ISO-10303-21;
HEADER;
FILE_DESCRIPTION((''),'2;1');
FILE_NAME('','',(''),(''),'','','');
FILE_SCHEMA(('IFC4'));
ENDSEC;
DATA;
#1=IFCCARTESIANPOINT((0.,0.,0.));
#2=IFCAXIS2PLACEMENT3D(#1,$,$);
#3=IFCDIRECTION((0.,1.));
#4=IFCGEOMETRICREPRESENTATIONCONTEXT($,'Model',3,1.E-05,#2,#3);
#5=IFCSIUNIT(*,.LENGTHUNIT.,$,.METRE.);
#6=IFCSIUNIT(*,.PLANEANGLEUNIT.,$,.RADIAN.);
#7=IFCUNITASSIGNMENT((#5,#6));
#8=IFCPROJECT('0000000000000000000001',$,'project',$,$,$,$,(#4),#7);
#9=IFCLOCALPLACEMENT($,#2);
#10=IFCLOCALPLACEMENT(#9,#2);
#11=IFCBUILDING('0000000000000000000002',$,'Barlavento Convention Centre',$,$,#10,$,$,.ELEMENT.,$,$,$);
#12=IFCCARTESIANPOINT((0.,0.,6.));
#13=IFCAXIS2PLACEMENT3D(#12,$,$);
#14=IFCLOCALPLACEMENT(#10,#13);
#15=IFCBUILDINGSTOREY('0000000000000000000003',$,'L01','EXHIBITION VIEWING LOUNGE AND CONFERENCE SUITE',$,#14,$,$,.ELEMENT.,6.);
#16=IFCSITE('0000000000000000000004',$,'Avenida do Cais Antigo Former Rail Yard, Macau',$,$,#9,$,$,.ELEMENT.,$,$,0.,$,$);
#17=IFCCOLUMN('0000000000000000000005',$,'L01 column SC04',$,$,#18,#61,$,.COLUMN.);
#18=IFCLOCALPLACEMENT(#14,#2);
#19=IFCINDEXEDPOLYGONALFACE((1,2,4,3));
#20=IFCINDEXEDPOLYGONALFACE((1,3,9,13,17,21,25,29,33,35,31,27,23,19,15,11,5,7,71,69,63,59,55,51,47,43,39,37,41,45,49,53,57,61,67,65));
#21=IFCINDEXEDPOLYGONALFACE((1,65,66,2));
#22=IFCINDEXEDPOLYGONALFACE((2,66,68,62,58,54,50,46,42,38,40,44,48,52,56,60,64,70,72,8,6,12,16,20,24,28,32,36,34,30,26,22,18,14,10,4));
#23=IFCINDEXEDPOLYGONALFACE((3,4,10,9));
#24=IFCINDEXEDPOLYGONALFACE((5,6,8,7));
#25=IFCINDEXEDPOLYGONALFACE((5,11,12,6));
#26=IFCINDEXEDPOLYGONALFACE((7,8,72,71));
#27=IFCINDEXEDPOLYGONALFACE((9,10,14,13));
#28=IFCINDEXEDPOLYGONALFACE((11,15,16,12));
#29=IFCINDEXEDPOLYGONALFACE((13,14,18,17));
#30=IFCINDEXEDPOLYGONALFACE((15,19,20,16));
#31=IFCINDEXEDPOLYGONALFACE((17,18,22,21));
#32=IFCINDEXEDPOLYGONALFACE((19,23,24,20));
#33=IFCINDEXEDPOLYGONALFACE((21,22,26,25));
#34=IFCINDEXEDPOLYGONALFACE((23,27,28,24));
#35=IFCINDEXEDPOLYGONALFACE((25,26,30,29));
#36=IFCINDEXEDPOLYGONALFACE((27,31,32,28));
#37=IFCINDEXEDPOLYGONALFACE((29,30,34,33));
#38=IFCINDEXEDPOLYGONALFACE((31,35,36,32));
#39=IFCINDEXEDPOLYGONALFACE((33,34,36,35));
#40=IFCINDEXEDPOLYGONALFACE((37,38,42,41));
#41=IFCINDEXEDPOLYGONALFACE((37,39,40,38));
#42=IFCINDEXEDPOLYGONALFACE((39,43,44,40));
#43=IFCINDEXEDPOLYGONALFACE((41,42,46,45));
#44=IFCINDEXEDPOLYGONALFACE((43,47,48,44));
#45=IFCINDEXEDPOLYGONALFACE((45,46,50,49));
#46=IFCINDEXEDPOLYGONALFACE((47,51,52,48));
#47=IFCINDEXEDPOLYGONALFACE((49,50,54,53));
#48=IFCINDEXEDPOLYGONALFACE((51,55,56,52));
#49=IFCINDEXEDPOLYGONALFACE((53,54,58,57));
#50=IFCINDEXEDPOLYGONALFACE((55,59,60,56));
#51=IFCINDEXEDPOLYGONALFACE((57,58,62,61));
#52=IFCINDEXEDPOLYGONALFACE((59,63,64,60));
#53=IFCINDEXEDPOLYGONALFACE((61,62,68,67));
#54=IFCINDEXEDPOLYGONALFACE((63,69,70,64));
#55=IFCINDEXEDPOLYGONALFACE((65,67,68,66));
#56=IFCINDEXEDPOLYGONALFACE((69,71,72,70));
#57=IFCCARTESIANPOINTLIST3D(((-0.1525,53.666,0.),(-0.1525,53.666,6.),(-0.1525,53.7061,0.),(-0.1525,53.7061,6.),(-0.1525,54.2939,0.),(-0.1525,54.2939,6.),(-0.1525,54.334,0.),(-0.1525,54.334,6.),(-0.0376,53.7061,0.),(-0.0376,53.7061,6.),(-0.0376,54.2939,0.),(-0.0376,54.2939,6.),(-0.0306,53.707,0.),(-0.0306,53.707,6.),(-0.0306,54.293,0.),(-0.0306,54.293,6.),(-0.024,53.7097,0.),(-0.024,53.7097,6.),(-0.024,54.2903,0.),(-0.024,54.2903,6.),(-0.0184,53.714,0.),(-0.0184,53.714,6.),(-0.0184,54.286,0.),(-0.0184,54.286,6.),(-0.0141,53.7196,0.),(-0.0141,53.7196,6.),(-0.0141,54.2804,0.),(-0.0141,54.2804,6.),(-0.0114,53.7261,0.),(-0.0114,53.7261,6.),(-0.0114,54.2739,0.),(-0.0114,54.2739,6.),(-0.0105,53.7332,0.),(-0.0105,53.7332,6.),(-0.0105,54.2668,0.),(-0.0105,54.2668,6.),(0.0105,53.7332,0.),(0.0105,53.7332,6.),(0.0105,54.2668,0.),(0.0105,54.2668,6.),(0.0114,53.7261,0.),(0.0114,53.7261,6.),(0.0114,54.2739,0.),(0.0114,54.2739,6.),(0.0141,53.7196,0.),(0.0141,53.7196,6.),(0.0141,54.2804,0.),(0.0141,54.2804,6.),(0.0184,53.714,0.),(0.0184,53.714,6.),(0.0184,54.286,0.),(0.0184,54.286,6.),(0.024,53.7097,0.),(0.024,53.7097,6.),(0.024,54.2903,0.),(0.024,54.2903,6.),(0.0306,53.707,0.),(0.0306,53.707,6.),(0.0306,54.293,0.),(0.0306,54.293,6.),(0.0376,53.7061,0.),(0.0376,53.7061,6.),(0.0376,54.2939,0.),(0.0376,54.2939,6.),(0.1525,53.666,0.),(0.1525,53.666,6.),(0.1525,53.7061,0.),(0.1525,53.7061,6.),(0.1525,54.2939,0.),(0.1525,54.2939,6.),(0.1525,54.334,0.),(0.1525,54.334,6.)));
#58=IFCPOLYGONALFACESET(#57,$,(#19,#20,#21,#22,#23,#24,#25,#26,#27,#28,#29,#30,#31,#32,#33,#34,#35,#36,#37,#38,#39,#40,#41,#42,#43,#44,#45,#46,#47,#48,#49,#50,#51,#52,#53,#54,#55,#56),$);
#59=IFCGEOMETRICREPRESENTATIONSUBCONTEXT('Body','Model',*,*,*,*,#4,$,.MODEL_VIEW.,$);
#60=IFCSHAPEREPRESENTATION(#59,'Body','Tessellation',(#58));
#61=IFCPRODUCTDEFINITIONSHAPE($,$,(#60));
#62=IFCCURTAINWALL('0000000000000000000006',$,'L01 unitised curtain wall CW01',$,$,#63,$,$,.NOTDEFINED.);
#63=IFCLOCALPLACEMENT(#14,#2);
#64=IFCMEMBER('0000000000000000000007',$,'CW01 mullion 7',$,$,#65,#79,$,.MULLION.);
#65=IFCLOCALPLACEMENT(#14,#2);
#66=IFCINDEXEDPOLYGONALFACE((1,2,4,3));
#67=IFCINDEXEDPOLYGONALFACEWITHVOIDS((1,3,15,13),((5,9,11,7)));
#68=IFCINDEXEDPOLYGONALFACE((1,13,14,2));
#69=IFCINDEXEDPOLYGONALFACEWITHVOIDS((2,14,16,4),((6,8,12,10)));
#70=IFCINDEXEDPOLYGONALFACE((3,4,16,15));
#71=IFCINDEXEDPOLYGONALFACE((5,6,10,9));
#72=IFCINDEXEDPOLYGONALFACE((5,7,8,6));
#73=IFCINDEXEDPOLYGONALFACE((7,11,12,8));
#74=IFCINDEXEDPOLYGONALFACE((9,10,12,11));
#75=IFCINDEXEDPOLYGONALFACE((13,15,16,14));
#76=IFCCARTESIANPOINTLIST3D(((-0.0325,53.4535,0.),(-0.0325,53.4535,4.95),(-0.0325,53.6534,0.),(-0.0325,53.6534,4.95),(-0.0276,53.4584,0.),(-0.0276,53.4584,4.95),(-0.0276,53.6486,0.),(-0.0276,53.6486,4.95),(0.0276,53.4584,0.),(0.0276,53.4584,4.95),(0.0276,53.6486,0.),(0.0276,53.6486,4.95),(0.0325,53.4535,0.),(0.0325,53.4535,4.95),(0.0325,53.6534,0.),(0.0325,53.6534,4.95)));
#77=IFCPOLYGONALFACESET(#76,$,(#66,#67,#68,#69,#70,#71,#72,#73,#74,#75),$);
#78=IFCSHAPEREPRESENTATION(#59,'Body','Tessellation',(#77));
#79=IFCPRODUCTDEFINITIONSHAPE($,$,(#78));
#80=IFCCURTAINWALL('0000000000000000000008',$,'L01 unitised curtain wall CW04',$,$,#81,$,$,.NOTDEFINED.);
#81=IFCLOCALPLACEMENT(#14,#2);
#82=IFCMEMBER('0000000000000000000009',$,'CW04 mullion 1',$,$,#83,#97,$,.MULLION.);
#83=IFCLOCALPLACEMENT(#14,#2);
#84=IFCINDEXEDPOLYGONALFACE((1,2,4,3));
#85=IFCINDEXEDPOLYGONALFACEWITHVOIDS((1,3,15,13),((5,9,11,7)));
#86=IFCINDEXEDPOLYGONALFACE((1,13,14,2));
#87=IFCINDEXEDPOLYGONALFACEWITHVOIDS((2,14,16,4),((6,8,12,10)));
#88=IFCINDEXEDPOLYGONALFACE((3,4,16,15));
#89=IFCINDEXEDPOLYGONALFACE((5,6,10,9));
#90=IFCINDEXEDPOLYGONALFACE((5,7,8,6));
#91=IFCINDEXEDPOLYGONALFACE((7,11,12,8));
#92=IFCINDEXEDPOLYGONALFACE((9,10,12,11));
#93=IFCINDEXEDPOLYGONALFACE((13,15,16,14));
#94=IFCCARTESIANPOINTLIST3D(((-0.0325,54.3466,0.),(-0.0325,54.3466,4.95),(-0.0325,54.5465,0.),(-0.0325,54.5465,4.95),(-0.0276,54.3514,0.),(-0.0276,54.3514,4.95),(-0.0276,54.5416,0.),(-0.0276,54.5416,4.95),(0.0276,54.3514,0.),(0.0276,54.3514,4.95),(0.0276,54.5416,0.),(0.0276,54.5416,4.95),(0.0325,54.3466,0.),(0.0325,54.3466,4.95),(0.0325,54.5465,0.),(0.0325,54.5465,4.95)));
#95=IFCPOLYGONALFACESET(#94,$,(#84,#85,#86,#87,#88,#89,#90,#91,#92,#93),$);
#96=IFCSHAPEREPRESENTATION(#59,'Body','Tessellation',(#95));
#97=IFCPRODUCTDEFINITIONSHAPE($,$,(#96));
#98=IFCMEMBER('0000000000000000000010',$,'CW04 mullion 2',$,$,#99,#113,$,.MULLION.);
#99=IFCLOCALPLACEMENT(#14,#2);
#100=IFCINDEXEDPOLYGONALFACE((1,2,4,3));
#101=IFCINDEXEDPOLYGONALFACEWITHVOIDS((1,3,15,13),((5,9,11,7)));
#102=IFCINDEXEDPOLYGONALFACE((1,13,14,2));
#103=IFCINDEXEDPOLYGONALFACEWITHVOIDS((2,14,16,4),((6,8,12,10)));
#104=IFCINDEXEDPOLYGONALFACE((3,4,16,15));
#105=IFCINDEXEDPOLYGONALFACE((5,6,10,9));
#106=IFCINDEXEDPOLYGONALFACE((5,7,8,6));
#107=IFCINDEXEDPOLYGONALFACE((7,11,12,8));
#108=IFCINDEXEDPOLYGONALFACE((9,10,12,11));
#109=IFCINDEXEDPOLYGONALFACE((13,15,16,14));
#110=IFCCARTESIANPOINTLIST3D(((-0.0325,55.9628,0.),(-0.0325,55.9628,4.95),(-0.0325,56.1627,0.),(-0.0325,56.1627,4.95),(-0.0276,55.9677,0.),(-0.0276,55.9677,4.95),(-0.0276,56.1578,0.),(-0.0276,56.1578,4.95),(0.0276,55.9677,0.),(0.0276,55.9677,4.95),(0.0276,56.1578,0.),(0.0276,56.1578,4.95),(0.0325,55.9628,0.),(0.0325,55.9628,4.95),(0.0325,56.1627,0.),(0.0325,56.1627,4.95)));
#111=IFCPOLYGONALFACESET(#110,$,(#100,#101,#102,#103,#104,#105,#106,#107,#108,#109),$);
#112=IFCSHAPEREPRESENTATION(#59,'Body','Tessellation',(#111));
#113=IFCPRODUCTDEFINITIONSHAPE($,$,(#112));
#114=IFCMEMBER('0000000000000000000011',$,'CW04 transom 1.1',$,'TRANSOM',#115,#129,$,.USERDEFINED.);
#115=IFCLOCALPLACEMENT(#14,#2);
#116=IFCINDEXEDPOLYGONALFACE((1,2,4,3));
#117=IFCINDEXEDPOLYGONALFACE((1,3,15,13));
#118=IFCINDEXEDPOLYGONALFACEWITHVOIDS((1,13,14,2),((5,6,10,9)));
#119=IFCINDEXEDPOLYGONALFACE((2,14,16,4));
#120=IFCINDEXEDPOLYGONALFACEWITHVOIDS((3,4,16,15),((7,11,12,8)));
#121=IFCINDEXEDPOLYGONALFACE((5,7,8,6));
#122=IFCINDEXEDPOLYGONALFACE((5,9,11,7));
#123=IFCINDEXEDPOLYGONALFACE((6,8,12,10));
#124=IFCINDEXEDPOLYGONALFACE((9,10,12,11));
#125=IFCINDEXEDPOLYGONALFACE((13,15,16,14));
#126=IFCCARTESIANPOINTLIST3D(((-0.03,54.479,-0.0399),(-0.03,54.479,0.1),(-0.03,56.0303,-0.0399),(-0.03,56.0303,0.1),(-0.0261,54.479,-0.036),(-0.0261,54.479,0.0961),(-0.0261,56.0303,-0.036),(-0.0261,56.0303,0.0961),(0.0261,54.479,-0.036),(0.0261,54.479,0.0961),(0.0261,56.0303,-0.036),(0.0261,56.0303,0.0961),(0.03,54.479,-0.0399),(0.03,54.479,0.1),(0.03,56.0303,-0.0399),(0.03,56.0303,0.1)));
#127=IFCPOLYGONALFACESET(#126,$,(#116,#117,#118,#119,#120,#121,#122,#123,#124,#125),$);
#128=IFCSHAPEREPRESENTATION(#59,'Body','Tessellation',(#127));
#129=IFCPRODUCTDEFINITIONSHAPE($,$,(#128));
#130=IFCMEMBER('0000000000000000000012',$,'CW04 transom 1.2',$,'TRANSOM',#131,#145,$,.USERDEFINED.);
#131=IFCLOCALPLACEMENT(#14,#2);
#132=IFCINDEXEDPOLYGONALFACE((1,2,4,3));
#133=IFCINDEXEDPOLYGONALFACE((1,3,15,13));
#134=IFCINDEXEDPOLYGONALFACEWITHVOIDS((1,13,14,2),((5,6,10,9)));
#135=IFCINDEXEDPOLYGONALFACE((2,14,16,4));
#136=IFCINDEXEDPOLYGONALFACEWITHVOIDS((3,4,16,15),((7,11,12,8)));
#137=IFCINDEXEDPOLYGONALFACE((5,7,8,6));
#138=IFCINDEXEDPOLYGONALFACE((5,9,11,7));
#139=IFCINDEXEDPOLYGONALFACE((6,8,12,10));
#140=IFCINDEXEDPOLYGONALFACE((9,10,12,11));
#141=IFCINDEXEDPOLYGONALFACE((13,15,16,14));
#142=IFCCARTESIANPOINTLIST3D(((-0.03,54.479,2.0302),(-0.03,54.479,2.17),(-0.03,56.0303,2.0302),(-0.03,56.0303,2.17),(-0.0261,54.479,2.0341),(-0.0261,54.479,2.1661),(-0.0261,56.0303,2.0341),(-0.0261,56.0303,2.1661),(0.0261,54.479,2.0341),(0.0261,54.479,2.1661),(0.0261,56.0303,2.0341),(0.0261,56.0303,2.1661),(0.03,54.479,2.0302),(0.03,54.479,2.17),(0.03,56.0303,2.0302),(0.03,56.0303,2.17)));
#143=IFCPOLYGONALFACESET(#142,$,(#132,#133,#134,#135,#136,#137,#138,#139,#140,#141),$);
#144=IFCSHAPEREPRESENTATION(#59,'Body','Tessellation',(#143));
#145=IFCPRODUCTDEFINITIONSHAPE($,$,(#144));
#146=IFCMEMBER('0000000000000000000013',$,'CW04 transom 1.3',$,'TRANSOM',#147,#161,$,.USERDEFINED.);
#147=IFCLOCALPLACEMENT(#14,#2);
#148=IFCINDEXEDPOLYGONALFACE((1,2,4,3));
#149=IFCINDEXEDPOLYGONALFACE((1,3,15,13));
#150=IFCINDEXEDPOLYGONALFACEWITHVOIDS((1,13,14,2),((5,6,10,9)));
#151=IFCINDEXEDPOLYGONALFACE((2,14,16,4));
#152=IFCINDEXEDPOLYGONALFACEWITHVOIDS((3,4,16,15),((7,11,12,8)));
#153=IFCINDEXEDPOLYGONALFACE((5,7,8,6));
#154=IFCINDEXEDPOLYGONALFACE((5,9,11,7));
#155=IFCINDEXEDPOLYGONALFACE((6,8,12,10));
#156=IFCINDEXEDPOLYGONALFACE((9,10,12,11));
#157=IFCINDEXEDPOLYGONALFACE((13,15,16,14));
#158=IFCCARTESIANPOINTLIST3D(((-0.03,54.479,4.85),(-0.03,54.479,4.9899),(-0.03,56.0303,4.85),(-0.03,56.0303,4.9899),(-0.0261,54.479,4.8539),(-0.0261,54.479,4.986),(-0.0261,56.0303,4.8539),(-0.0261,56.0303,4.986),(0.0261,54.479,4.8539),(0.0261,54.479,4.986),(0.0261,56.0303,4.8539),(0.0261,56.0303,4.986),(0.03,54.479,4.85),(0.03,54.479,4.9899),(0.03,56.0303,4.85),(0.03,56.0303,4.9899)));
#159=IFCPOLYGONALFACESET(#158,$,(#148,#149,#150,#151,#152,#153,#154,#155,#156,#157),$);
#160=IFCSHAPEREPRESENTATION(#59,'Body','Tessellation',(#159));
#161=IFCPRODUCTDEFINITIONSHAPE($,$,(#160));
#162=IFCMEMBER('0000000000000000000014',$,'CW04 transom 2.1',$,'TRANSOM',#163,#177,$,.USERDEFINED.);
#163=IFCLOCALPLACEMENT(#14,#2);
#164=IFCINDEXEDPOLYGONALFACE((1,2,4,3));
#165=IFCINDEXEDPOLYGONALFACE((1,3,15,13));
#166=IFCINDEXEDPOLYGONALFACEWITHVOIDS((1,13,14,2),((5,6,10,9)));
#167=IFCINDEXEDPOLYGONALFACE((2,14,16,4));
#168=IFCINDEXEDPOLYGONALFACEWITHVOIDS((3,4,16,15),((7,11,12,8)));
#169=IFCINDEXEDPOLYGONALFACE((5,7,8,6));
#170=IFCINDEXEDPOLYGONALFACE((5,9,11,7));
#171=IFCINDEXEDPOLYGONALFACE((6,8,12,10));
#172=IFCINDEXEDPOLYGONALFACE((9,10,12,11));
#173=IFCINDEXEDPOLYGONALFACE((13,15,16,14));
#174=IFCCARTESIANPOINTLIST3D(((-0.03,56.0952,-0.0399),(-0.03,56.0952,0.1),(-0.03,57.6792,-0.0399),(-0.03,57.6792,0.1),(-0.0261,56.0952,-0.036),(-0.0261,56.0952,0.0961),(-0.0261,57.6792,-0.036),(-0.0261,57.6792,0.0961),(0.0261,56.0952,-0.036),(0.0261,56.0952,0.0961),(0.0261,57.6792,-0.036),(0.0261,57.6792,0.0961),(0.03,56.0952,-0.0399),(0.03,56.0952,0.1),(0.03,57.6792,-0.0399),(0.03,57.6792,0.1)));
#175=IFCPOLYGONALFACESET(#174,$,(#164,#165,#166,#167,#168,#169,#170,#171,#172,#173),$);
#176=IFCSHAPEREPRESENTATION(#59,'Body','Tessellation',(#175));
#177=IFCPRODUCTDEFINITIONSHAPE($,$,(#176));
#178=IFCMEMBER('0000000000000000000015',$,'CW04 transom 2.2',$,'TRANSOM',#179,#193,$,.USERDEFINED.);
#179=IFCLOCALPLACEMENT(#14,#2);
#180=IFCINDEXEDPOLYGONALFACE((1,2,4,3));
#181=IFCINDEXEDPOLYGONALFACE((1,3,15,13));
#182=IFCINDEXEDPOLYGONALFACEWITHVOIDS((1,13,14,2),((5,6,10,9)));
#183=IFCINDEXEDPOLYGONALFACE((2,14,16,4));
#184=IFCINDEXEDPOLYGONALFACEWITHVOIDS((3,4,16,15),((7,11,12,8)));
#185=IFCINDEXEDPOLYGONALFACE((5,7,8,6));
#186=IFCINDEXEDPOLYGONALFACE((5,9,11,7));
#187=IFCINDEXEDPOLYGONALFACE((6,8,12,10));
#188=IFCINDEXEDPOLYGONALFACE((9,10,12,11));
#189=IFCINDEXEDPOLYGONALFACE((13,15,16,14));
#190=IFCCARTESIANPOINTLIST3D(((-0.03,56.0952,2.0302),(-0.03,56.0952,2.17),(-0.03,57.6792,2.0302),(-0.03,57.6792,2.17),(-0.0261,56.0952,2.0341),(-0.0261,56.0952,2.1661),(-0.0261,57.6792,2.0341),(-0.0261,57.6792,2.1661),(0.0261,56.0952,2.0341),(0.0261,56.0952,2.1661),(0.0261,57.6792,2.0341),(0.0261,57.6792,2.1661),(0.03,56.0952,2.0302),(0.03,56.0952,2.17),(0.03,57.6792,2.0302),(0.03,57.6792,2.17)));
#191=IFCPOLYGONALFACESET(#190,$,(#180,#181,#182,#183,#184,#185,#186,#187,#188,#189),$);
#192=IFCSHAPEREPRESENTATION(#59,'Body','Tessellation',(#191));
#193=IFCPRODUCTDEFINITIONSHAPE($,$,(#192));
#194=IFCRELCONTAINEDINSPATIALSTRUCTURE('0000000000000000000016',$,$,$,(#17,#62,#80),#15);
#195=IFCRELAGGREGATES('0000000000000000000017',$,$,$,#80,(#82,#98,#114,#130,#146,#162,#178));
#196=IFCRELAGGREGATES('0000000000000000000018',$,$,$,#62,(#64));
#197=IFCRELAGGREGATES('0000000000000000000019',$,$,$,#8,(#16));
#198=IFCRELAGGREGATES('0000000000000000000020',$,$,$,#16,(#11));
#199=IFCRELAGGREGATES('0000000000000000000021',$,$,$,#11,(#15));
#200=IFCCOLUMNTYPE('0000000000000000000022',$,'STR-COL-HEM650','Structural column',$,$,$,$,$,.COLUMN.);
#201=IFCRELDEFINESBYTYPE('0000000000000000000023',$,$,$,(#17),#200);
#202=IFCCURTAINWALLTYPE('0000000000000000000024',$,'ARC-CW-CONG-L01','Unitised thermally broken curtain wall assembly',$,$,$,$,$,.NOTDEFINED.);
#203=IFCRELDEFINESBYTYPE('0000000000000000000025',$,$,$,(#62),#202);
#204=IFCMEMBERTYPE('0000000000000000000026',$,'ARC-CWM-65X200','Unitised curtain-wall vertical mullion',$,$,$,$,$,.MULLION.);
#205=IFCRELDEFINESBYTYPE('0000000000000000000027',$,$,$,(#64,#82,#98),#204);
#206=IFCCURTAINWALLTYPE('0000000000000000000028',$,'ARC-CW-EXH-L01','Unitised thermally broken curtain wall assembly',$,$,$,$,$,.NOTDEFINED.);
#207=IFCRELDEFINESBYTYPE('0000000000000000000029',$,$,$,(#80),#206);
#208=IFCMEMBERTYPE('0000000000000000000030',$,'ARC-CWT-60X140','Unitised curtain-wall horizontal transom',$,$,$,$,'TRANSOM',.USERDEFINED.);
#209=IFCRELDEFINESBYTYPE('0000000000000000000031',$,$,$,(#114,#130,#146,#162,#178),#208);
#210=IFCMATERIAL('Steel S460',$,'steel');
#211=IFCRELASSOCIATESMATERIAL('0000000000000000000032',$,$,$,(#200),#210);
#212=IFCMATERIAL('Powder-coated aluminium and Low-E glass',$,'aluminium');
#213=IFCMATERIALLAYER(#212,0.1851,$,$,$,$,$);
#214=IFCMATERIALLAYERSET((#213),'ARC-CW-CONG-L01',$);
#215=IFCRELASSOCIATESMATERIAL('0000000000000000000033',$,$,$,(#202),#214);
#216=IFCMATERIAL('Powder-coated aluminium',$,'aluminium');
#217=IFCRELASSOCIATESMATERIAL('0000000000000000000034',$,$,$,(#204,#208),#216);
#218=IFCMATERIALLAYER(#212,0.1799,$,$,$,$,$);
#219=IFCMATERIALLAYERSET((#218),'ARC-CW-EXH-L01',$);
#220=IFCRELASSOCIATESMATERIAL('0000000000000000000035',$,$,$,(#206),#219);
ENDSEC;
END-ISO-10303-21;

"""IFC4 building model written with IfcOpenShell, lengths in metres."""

from ifc_helpers import new_model, si_unit, direction, frame, origin, origin_2d, place, context, subcontext, project, spatial, hollow_rectangle, i_section, extrude, material, layer, layer_set, material_profile, profile_set, type_object, element, aggregate, save


model = new_model("IFC4")

# Units and contexts
model_context = context("Model", 3, precision=1e-05, world=origin(), true_north=direction((0.0, 1.0)))
body_context = subcontext(model_context, "Body", "Model", "MODEL_VIEW")
ifc_project = project(units=[si_unit("LENGTHUNIT", "METRE"), si_unit("PLANEANGLEUNIT", "RADIAN")], contexts=[model_context])

# Site, building, storey
site_placement = place(None, origin())
site = spatial("IfcSite", under=ifc_project, at=site_placement, Name="Avenida do Cais Antigo Former Rail Yard, Macau", CompositionType="ELEMENT", RefElevation=0.0)
building_placement = place(site_placement, origin())
building = spatial("IfcBuilding", under=site, at=building_placement, Name="Barlavento Convention Centre", CompositionType="ELEMENT")
storey_placement = place(building_placement, frame((0.0, 0.0, 6.0)))
storey = spatial("IfcBuildingStorey", under=building, at=storey_placement, Name="L01", Description="EXHIBITION VIEWING LOUNGE AND CONFERENCE SUITE", CompositionType="ELEMENT", Elevation=6.0)

# Column
ifc_material_1 = material(Name="Steel S460", Category="steel")
ifc_material_profile_1 = material_profile(ifc_material_1, i_section(OverallWidth=0.3049, OverallDepth=0.668, WebThickness=0.021, FlangeThickness=0.04, FilletRadius=0.0271, at=origin_2d()), Name="HEM 650")
ifc_profile_set_1 = profile_set([ifc_material_profile_1], Name="Steel S460")
column_type = type_object("IfcColumnType", Name="STR-COL-HEM650", Description="Structural column", PredefinedType="COLUMN", material=ifc_profile_set_1)
column_placement = place(storey_placement, frame((0.0, 54.0, 0.0), z_axis=(0.0, 0.0, 1.0), x_axis=(1.0, 0.0, 0.0)))
element("IfcColumn", 1, at=column_placement, inside=storey, type_object=column_type, Name="L01 column SC04", PredefinedType="COLUMN", context=body_context, shape_type="SweptSolid", body=[
    extrude(i_section(OverallWidth=0.3049, OverallDepth=0.668, WebThickness=0.021, FlangeThickness=0.04, FilletRadius=0.0271, at=origin_2d()), origin(), (0.0, 0.0, 1.0), 6.0),
])

# Curtain wall, member
ifc_material_2 = material(Name="Powder-coated aluminium and Low-E glass", Category="aluminium")
ifc_layer_1 = layer(ifc_material_2, 0.1851)
ifc_layer_set_1 = layer_set([ifc_layer_1], Name="ARC-CW-CONG-L01")
curtain_wall_type_1 = type_object("IfcCurtainWallType", Name="ARC-CW-CONG-L01", Description="Unitised thermally broken curtain wall assembly", PredefinedType="NOTDEFINED", material=ifc_layer_set_1)
curtain_wall_1_placement = place(storey_placement, origin())
curtain_wall_1 = element("IfcCurtainWall", 2, at=curtain_wall_1_placement, inside=storey, type_object=curtain_wall_type_1, Name="L01 unitised curtain wall CW01", PredefinedType="NOTDEFINED")
ifc_material_3 = material(Name="Powder-coated aluminium", Category="aluminium")
ifc_material_profile_2 = material_profile(ifc_material_3, hollow_rectangle(XDim=0.0649, YDim=0.2, WallThickness=0.0049, at=origin_2d()), Name="AL-MULL 65x200x5")
ifc_profile_set_2 = profile_set([ifc_material_profile_2], Name="Powder-coated aluminium")
member_type_1 = type_object("IfcMemberType", Name="ARC-CWM-65X200", Description="Unitised curtain-wall vertical mullion", PredefinedType="MULLION", material=ifc_profile_set_2)
member_1_placement = place(storey_placement, frame((0.0, 53.5535, 0.0), z_axis=(0.0, 0.0, 1.0), x_axis=(-1.0, 0.0, 0.0)))
member_1 = element("IfcMember", 3, at=member_1_placement, type_object=member_type_1, Name="CW01 mullion 7", PredefinedType="MULLION", context=body_context, shape_type="SweptSolid", body=[
    extrude(hollow_rectangle(XDim=0.0649, YDim=0.2, WallThickness=0.0049, at=origin_2d()), origin(), (0.0, 0.0, 1.0), 4.95),
])

# Curtain wall, members
ifc_layer_2 = layer(ifc_material_2, 0.1799)
ifc_layer_set_2 = layer_set([ifc_layer_2], Name="ARC-CW-EXH-L01")
curtain_wall_type_2 = type_object("IfcCurtainWallType", Name="ARC-CW-EXH-L01", Description="Unitised thermally broken curtain wall assembly", PredefinedType="NOTDEFINED", material=ifc_layer_set_2)
curtain_wall_2_placement = place(storey_placement, origin())
curtain_wall_2 = element("IfcCurtainWall", 4, at=curtain_wall_2_placement, inside=storey, type_object=curtain_wall_type_2, Name="L01 unitised curtain wall CW04", PredefinedType="NOTDEFINED")
member_2_placement = place(storey_placement, frame((0.0, 54.4465, 0.0), z_axis=(0.0, 0.0, 1.0), x_axis=(-1.0, 0.0, 0.0)))
member_2 = element("IfcMember", 5, at=member_2_placement, type_object=member_type_1, Name="CW04 mullion 1", PredefinedType="MULLION", context=body_context, shape_type="SweptSolid", body=[
    extrude(hollow_rectangle(XDim=0.0649, YDim=0.2, WallThickness=0.0049, at=origin_2d()), origin(), (0.0, 0.0, 1.0), 4.95),
])
member_3_placement = place(storey_placement, frame((0.0, 56.0627, 0.0), z_axis=(0.0, 0.0, 1.0), x_axis=(-1.0, 0.0, 0.0)))
member_3 = element("IfcMember", 6, at=member_3_placement, type_object=member_type_1, Name="CW04 mullion 2", PredefinedType="MULLION", context=body_context, shape_type="SweptSolid", body=[
    extrude(hollow_rectangle(XDim=0.0649, YDim=0.2, WallThickness=0.0049, at=origin_2d()), origin(), (0.0, 0.0, 1.0), 4.95),
])
ifc_material_profile_3 = material_profile(ifc_material_3, hollow_rectangle(XDim=0.0601, YDim=0.1399, WallThickness=0.0039, at=origin_2d()), Name="AL-TRAN 60x140x4")
ifc_profile_set_3 = profile_set([ifc_material_profile_3], Name="Powder-coated aluminium")
member_type_2 = type_object("IfcMemberType", Name="ARC-CWT-60X140", Description="Unitised curtain-wall horizontal transom", ElementType="TRANSOM", PredefinedType="USERDEFINED", material=ifc_profile_set_3)
member_4_placement = place(storey_placement, frame((0.0, 54.479, 0.03), z_axis=(0.0, 1.0, 0.0), x_axis=(-1.0, 0.0, 0.0)))
member_4 = element("IfcMember", 7, at=member_4_placement, type_object=member_type_2, Name="CW04 transom 1.1", ObjectType="TRANSOM", PredefinedType="USERDEFINED", context=body_context, shape_type="SweptSolid", body=[
    extrude(hollow_rectangle(XDim=0.0601, YDim=0.1399, WallThickness=0.0039, at=origin_2d()), origin(), (0.0, 0.0, 1.0), 1.5513),
])
member_5_placement = place(storey_placement, frame((0.0, 54.479, 2.1001), z_axis=(0.0, 1.0, 0.0), x_axis=(-1.0, 0.0, 0.0)))
member_5 = element("IfcMember", 8, at=member_5_placement, type_object=member_type_2, Name="CW04 transom 1.2", ObjectType="TRANSOM", PredefinedType="USERDEFINED", context=body_context, shape_type="SweptSolid", body=[
    extrude(hollow_rectangle(XDim=0.0601, YDim=0.1399, WallThickness=0.0039, at=origin_2d()), origin(), (0.0, 0.0, 1.0), 1.5513),
])
member_6_placement = place(storey_placement, frame((0.0, 54.479, 4.9199), z_axis=(0.0, 1.0, 0.0), x_axis=(-1.0, 0.0, 0.0)))
member_6 = element("IfcMember", 9, at=member_6_placement, type_object=member_type_2, Name="CW04 transom 1.3", ObjectType="TRANSOM", PredefinedType="USERDEFINED", context=body_context, shape_type="SweptSolid", body=[
    extrude(hollow_rectangle(XDim=0.0601, YDim=0.1399, WallThickness=0.0039, at=origin_2d()), origin(), (0.0, 0.0, 1.0), 1.5513),
])
member_7_placement = place(storey_placement, frame((0.0, 56.0952, 0.03), z_axis=(0.0, 1.0, 0.0), x_axis=(-1.0, 0.0, 0.0)))
member_7 = element("IfcMember", 10, at=member_7_placement, type_object=member_type_2, Name="CW04 transom 2.1", ObjectType="TRANSOM", PredefinedType="USERDEFINED", context=body_context, shape_type="SweptSolid", body=[
    extrude(hollow_rectangle(XDim=0.0601, YDim=0.1399, WallThickness=0.0039, at=origin_2d()), origin(), (0.0, 0.0, 1.0), 1.584),
])
member_8_placement = place(storey_placement, frame((0.0, 56.0952, 2.1001), z_axis=(0.0, 1.0, 0.0), x_axis=(-1.0, 0.0, 0.0)))
member_8 = element("IfcMember", 11, at=member_8_placement, type_object=member_type_2, Name="CW04 transom 2.2", ObjectType="TRANSOM", PredefinedType="USERDEFINED", context=body_context, shape_type="SweptSolid", body=[
    extrude(hollow_rectangle(XDim=0.0601, YDim=0.1399, WallThickness=0.0039, at=origin_2d()), origin(), (0.0, 0.0, 1.0), 1.584),
])

aggregate(curtain_wall_2, [member_2, member_3, member_4, member_5, member_6, member_7, member_8])
aggregate(curtain_wall_1, [member_1])

save(model, "model.ifc")
